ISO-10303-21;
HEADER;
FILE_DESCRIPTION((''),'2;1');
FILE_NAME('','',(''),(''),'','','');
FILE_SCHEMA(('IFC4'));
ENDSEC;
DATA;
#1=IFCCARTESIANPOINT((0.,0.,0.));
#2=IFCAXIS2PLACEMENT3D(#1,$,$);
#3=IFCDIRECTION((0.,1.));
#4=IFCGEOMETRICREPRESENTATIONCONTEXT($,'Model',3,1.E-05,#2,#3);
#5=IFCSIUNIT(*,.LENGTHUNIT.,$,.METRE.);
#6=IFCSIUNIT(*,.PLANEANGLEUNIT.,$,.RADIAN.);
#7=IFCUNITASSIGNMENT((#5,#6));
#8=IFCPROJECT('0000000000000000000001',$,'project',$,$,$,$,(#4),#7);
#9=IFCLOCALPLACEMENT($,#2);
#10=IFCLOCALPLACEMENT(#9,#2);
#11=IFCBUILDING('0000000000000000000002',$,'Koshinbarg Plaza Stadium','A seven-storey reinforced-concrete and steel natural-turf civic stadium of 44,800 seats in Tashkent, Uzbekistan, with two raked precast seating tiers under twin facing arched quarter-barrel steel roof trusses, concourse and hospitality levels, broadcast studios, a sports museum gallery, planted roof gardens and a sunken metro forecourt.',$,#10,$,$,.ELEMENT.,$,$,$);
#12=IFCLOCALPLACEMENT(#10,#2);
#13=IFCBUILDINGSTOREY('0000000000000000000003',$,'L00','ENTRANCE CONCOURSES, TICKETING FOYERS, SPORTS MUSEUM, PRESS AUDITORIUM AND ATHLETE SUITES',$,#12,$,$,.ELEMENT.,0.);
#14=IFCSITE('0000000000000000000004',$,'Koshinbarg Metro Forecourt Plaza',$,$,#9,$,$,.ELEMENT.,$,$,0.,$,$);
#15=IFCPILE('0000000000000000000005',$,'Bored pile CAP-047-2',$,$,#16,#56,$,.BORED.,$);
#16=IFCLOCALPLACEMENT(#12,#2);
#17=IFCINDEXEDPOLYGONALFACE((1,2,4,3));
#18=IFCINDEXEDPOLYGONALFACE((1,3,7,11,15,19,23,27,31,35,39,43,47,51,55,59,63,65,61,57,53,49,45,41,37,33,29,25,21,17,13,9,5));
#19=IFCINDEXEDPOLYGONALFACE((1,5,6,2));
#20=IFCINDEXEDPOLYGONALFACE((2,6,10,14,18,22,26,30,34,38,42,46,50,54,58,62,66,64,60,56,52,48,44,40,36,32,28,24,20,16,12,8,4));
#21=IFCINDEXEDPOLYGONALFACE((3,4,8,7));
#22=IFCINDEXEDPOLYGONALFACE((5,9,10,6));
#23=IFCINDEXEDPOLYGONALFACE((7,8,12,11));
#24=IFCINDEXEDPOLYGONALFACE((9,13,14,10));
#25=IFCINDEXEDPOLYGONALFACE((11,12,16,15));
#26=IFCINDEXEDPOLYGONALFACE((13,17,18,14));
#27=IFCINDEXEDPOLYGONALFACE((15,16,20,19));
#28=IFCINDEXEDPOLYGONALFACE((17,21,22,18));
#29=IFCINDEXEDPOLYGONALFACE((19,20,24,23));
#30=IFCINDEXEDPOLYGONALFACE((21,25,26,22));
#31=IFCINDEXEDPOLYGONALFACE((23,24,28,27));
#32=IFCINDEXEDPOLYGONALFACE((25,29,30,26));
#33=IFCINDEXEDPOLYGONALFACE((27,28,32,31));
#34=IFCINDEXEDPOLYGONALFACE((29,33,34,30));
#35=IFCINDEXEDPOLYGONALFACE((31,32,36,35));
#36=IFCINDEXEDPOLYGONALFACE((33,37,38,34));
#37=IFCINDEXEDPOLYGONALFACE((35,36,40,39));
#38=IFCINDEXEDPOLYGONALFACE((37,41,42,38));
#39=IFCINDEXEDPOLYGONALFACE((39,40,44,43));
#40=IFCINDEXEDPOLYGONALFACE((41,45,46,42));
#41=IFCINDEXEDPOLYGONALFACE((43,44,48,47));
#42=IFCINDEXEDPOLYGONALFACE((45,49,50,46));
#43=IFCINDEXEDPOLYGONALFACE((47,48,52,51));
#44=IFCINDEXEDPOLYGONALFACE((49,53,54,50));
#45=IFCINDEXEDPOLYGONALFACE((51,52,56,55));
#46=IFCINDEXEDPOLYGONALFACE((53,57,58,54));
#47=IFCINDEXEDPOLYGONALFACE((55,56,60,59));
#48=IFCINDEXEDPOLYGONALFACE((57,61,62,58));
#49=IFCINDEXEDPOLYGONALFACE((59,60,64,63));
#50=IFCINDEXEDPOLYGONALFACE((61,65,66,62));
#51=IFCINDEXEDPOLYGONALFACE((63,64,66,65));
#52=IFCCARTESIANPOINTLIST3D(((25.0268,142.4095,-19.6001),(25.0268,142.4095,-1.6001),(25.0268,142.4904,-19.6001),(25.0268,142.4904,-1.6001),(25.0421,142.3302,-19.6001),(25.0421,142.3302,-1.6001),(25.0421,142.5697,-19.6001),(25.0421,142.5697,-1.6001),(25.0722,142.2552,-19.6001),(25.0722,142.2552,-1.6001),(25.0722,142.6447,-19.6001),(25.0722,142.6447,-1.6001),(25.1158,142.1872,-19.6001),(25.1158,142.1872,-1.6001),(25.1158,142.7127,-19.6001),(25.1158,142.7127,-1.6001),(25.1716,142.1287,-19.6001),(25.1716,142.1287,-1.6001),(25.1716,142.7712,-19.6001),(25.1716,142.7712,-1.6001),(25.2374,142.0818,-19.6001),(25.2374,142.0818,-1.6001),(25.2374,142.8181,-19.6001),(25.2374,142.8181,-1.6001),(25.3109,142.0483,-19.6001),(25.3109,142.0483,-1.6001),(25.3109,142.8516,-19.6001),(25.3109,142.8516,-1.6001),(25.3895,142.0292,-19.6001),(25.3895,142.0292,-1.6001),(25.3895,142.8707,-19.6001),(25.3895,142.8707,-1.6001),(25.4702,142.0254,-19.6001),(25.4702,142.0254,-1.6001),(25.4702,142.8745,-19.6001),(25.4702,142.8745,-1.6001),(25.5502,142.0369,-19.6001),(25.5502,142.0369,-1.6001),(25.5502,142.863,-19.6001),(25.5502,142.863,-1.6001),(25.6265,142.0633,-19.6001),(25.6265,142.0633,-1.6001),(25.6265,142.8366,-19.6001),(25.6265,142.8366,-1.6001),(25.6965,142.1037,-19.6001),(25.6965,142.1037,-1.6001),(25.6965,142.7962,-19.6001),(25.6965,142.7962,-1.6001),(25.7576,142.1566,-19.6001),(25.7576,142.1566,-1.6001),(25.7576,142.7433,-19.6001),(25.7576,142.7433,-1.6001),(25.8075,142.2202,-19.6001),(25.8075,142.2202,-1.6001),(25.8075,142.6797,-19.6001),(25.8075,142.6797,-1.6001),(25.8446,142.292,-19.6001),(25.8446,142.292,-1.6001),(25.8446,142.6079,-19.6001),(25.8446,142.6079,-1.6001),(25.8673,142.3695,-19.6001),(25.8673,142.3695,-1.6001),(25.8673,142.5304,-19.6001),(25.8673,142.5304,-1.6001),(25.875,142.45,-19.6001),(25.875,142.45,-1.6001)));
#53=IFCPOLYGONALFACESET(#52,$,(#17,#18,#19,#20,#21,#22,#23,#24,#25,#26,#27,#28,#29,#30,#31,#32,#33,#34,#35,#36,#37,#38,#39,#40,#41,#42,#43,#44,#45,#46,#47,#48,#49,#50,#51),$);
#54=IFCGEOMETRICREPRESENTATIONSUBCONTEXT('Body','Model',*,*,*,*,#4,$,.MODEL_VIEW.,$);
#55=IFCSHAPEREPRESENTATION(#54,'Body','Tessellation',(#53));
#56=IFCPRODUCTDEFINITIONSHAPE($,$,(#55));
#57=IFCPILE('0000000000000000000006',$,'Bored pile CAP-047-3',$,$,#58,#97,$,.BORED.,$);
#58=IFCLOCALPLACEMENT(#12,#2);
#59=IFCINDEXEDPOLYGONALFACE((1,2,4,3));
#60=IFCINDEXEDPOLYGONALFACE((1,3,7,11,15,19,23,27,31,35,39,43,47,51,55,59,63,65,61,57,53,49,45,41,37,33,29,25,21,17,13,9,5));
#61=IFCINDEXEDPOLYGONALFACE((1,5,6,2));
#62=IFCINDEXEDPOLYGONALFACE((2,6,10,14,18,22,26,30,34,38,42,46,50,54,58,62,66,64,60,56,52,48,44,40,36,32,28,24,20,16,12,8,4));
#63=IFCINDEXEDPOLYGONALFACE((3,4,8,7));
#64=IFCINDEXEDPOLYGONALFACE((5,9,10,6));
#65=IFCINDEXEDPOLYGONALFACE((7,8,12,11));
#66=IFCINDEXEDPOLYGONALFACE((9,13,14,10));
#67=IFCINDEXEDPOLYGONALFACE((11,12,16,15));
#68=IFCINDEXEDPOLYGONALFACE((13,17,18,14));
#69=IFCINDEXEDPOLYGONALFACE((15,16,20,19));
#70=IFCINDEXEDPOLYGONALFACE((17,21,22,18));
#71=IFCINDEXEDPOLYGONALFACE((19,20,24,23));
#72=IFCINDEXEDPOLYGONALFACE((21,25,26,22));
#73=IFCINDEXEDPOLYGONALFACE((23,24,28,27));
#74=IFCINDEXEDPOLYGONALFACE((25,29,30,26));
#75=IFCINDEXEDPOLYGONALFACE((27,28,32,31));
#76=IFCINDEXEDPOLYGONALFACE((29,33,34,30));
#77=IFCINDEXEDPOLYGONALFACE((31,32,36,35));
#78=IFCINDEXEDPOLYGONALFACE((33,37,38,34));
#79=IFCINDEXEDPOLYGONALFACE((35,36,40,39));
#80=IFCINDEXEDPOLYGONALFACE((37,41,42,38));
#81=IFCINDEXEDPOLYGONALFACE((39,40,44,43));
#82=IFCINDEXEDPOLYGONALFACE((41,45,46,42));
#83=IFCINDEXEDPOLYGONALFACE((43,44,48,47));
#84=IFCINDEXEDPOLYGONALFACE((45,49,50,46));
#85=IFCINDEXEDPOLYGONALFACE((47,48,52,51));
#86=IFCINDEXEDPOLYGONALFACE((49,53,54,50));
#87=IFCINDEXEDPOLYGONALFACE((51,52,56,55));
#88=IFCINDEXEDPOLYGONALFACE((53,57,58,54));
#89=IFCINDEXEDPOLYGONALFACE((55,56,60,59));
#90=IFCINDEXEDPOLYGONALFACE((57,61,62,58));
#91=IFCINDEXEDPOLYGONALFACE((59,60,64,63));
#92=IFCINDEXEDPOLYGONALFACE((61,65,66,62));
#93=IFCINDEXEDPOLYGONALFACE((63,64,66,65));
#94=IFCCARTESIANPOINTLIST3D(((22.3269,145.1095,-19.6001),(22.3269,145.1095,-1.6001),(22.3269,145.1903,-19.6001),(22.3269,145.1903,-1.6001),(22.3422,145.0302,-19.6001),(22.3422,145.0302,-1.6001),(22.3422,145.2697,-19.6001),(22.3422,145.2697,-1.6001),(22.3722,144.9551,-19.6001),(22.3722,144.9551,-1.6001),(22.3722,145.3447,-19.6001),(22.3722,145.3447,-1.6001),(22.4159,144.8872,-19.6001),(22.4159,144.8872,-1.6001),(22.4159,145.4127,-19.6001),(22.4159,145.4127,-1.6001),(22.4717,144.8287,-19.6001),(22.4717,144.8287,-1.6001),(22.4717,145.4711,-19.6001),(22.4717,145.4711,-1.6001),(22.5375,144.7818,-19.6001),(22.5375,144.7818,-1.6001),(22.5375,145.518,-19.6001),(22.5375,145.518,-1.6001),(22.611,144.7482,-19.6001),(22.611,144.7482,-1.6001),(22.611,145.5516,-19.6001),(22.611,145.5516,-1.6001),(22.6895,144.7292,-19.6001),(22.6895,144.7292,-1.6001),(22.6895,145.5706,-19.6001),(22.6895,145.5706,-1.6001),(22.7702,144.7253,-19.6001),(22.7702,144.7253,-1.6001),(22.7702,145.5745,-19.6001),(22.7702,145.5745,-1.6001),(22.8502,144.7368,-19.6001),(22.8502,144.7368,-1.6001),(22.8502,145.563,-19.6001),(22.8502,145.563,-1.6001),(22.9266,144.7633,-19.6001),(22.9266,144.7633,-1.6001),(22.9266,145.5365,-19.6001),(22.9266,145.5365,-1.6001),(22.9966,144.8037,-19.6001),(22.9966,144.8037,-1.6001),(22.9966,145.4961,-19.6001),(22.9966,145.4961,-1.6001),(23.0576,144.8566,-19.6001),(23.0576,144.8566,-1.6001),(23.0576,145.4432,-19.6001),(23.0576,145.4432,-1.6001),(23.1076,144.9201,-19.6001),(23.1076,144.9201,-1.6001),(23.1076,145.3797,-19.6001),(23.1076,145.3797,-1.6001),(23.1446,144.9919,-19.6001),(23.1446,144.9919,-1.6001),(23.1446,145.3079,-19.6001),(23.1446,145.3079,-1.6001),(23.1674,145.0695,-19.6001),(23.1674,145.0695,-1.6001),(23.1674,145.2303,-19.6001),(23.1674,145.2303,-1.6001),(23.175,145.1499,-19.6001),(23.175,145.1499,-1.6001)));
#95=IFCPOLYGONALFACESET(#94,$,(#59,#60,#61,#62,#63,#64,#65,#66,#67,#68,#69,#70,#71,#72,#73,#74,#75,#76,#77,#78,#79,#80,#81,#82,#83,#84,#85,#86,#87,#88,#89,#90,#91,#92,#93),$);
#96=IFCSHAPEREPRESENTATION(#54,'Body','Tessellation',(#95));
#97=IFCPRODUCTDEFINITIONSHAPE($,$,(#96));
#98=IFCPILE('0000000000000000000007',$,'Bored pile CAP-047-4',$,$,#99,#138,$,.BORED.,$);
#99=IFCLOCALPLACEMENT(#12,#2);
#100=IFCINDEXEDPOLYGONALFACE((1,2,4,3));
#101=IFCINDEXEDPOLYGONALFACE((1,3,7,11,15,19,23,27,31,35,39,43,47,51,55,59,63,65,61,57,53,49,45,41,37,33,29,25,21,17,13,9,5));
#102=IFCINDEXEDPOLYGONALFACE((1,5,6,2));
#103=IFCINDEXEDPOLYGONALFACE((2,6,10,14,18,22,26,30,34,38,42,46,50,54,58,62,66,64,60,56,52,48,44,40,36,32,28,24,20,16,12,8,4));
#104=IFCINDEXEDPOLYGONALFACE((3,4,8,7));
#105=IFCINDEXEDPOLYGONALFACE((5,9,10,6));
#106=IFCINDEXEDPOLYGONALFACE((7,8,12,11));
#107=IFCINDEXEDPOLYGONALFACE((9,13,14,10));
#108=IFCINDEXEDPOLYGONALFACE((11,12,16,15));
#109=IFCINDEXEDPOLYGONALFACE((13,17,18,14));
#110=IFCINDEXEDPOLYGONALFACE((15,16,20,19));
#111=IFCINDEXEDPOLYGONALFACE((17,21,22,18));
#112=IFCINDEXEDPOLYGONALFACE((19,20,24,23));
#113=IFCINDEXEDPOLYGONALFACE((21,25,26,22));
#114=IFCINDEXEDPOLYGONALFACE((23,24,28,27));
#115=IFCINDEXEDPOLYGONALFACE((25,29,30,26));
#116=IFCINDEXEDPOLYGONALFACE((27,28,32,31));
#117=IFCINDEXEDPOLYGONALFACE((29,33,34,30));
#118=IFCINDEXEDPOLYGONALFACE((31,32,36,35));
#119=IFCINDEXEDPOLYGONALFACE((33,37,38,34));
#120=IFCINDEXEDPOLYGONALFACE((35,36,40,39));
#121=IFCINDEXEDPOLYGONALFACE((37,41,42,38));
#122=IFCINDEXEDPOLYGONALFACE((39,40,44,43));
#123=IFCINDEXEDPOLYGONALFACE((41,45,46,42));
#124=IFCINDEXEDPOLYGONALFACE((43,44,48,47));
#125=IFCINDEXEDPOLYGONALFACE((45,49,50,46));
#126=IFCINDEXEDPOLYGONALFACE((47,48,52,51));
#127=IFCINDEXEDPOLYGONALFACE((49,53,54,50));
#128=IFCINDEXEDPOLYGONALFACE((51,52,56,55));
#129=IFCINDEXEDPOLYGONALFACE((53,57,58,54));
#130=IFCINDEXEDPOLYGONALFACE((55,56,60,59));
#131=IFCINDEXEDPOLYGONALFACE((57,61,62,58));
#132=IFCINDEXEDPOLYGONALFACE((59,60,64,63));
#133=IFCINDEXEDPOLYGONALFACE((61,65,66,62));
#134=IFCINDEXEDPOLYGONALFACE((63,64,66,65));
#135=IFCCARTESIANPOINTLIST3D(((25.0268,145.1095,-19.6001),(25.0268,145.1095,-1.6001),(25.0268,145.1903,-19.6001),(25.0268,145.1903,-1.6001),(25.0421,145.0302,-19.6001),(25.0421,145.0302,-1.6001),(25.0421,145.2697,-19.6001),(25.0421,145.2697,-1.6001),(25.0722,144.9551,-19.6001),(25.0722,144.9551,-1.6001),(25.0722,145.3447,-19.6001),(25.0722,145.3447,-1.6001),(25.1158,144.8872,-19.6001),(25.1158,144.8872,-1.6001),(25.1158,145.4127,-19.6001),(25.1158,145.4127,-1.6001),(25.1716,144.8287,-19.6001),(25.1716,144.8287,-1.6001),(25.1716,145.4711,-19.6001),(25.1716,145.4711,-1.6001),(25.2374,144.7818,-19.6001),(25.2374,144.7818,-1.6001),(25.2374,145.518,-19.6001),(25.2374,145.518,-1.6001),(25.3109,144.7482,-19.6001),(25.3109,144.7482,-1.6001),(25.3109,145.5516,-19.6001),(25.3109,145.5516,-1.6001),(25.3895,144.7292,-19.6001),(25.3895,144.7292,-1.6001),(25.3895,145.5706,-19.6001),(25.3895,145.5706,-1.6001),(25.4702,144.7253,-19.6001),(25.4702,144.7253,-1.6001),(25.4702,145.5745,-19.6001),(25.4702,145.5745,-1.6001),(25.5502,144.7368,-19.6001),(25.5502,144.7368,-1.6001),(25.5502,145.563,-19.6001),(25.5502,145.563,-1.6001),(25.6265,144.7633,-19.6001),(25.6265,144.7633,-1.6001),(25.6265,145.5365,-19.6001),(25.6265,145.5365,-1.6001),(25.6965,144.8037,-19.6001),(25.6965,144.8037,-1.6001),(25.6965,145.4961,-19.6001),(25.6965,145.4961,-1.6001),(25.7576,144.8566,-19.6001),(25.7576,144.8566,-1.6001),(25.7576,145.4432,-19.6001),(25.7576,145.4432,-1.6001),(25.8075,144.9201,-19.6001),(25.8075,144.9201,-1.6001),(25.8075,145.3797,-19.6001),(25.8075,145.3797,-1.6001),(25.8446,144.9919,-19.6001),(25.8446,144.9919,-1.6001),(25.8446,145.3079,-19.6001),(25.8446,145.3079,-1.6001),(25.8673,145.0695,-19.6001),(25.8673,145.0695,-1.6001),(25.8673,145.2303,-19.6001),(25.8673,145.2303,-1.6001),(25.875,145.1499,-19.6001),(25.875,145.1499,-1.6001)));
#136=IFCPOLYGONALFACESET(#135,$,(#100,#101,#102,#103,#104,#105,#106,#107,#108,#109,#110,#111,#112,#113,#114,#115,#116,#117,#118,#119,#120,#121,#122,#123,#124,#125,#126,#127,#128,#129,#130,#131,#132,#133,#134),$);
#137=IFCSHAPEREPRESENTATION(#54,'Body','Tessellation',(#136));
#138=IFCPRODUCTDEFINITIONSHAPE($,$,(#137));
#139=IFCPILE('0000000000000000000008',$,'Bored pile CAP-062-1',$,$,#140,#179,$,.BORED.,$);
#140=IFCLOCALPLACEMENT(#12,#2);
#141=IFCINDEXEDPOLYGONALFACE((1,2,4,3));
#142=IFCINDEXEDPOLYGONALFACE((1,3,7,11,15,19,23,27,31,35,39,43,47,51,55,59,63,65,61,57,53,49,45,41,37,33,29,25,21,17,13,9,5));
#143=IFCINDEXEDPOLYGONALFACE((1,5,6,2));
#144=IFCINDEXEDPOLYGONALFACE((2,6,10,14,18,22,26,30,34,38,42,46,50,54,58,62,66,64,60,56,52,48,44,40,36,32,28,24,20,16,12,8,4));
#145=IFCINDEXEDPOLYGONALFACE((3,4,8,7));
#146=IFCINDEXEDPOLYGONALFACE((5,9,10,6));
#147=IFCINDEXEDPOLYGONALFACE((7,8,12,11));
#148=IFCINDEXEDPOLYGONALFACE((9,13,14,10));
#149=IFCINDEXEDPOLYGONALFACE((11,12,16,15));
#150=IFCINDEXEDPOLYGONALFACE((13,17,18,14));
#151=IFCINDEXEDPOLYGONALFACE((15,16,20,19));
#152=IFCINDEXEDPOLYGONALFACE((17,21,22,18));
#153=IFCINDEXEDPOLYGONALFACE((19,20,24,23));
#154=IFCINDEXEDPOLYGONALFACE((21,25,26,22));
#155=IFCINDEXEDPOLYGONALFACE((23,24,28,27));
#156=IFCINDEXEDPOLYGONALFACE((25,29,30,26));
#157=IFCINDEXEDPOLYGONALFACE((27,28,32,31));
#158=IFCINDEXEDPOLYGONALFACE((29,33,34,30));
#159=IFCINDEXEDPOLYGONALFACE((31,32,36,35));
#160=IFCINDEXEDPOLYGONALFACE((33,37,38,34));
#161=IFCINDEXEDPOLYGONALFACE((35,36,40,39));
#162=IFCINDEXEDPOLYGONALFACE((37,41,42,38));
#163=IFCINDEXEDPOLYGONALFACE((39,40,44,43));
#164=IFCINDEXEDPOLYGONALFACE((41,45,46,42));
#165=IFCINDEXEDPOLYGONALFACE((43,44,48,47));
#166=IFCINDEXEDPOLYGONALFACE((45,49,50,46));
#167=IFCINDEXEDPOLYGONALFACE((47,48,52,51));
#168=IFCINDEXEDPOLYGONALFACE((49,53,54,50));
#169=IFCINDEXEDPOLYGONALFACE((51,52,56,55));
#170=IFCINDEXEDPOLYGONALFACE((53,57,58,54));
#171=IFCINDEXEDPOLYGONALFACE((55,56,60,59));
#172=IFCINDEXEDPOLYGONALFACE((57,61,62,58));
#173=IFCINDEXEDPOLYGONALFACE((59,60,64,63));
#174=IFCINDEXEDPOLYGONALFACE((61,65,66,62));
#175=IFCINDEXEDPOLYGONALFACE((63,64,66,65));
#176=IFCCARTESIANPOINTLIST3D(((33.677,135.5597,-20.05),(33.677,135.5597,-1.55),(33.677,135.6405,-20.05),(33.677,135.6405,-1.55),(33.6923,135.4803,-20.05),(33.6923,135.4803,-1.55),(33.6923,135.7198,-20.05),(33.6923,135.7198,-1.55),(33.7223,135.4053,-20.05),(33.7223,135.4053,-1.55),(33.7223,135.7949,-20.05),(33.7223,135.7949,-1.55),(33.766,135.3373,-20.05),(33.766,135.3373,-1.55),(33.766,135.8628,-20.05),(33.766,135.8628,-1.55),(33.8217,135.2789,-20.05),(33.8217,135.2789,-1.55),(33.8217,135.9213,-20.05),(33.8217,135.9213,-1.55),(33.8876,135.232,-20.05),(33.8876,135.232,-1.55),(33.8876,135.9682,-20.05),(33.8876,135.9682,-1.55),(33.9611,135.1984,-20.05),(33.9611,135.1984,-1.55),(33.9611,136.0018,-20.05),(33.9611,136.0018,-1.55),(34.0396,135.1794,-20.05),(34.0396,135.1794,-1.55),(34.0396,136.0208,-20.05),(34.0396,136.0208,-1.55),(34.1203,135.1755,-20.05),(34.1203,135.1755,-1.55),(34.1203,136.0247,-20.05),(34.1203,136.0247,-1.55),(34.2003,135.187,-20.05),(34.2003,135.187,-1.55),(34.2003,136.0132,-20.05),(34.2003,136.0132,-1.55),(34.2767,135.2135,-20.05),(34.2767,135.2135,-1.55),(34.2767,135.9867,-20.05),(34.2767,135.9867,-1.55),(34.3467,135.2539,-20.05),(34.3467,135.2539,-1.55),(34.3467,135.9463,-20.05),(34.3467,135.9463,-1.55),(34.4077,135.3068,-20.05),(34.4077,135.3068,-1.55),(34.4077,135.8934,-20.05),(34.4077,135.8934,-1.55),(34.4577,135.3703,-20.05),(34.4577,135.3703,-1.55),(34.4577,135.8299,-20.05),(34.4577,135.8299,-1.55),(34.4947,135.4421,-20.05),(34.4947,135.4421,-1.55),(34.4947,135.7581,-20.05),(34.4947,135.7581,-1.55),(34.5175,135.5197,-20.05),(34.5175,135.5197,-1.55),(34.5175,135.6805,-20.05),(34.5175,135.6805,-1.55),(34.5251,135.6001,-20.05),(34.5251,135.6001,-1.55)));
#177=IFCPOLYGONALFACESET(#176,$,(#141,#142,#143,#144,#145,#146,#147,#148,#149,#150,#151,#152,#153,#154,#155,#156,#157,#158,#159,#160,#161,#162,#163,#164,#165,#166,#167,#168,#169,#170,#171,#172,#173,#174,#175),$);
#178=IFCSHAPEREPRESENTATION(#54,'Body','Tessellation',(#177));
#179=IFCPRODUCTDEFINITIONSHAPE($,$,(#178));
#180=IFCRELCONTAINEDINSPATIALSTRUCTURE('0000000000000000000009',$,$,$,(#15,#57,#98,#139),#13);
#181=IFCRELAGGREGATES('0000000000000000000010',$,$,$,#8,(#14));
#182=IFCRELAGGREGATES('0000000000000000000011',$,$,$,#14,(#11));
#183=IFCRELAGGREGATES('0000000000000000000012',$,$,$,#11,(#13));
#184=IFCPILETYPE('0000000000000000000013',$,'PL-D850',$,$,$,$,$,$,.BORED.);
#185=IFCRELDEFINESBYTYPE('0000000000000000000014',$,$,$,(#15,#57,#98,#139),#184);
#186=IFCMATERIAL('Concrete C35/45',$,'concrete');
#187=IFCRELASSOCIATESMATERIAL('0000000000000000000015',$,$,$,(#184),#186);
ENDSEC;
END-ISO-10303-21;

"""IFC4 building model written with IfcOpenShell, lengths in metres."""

from ifc_helpers import new_model, si_unit, direction, frame, origin, origin_2d, place, context, subcontext, project, spatial, circle, extrude, material, material_profile, profile_set, type_object, element, save


model = new_model("IFC4")

# Units and contexts
model_context = context("Model", 3, precision=1e-05, world=origin(), true_north=direction((0.0, 1.0)))
body_context = subcontext(model_context, "Body", "Model", "MODEL_VIEW")
ifc_project = project(units=[si_unit("LENGTHUNIT", "METRE"), si_unit("PLANEANGLEUNIT", "RADIAN")], contexts=[model_context])

# Site, building, storey
site_placement = place(None, origin())
site = spatial("IfcSite", under=ifc_project, at=site_placement, Name="Koshinbarg Metro Forecourt Plaza", CompositionType="ELEMENT", RefElevation=0.0)
building_placement = place(site_placement, origin())
building = spatial("IfcBuilding", under=site, at=building_placement, Name="Koshinbarg Plaza Stadium", Description="A seven-storey reinforced-concrete and steel natural-turf civic stadium of 44,800 seats in Tashkent, Uzbekistan, with two raked precast seating tiers under twin facing arched quarter-barrel steel roof trusses, concourse and hospitality levels, broadcast studios, a sports museum gallery, planted roof gardens and a sunken metro forecourt.", CompositionType="ELEMENT")
storey_placement = place(building_placement, origin())
storey = spatial("IfcBuildingStorey", under=building, at=storey_placement, Name="L00", Description="ENTRANCE CONCOURSES, TICKETING FOYERS, SPORTS MUSEUM, PRESS AUDITORIUM AND ATHLETE SUITES", CompositionType="ELEMENT", Elevation=0.0)

# Shared definitions
ifc_material_1 = material(Name="Concrete C35/45", Category="concrete")

# Piles
ifc_material_profile_1 = material_profile(ifc_material_1, circle(Radius=0.425, at=origin_2d()), Name="PILE D850")
ifc_profile_set_1 = profile_set([ifc_material_profile_1], Name="Concrete C35/45")
pile_type_1 = type_object("IfcPileType", Name="PL-D850", PredefinedType="BORED", material=ifc_profile_set_1)
for number, where, z_axis, x_axis, name in (
    (1, (25.45, 142.45, -1.6001), (0.0, 0.0, -1.0), (1.0, 0.0, 0.0), "Bored pile CAP-047-2"),
    (2, (22.75, 145.1499, -1.6001), (0.0, 0.0, -1.0), (1.0, 0.0, 0.0), "Bored pile CAP-047-3"),
    (3, (25.45, 145.1499, -1.6001), (0.0, 0.0, -1.0), (1.0, 0.0, 0.0), "Bored pile CAP-047-4"),
):
    element("IfcPile", number, at=place(storey_placement, frame(where, z_axis=z_axis, x_axis=x_axis)), inside=storey, type_object=pile_type_1, Name=name, PredefinedType="BORED", context=body_context, shape_type="SweptSolid", body=[
        extrude(circle(Radius=0.425, at=origin_2d()), origin(), (0.0, 0.0, 1.0), 18.0),
    ])
pile_1_placement = place(storey_placement, frame((34.1001, 135.6001, -1.55), z_axis=(0.0, 0.0, -1.0), x_axis=(1.0, 0.0, 0.0)))
element("IfcPile", 4, at=pile_1_placement, inside=storey, type_object=pile_type_1, Name="Bored pile CAP-062-1", PredefinedType="BORED", context=body_context, shape_type="SweptSolid", body=[
    extrude(circle(Radius=0.425, at=origin_2d()), origin(), (0.0, 0.0, 1.0), 18.5),
])

save(model, "model.ifc")
